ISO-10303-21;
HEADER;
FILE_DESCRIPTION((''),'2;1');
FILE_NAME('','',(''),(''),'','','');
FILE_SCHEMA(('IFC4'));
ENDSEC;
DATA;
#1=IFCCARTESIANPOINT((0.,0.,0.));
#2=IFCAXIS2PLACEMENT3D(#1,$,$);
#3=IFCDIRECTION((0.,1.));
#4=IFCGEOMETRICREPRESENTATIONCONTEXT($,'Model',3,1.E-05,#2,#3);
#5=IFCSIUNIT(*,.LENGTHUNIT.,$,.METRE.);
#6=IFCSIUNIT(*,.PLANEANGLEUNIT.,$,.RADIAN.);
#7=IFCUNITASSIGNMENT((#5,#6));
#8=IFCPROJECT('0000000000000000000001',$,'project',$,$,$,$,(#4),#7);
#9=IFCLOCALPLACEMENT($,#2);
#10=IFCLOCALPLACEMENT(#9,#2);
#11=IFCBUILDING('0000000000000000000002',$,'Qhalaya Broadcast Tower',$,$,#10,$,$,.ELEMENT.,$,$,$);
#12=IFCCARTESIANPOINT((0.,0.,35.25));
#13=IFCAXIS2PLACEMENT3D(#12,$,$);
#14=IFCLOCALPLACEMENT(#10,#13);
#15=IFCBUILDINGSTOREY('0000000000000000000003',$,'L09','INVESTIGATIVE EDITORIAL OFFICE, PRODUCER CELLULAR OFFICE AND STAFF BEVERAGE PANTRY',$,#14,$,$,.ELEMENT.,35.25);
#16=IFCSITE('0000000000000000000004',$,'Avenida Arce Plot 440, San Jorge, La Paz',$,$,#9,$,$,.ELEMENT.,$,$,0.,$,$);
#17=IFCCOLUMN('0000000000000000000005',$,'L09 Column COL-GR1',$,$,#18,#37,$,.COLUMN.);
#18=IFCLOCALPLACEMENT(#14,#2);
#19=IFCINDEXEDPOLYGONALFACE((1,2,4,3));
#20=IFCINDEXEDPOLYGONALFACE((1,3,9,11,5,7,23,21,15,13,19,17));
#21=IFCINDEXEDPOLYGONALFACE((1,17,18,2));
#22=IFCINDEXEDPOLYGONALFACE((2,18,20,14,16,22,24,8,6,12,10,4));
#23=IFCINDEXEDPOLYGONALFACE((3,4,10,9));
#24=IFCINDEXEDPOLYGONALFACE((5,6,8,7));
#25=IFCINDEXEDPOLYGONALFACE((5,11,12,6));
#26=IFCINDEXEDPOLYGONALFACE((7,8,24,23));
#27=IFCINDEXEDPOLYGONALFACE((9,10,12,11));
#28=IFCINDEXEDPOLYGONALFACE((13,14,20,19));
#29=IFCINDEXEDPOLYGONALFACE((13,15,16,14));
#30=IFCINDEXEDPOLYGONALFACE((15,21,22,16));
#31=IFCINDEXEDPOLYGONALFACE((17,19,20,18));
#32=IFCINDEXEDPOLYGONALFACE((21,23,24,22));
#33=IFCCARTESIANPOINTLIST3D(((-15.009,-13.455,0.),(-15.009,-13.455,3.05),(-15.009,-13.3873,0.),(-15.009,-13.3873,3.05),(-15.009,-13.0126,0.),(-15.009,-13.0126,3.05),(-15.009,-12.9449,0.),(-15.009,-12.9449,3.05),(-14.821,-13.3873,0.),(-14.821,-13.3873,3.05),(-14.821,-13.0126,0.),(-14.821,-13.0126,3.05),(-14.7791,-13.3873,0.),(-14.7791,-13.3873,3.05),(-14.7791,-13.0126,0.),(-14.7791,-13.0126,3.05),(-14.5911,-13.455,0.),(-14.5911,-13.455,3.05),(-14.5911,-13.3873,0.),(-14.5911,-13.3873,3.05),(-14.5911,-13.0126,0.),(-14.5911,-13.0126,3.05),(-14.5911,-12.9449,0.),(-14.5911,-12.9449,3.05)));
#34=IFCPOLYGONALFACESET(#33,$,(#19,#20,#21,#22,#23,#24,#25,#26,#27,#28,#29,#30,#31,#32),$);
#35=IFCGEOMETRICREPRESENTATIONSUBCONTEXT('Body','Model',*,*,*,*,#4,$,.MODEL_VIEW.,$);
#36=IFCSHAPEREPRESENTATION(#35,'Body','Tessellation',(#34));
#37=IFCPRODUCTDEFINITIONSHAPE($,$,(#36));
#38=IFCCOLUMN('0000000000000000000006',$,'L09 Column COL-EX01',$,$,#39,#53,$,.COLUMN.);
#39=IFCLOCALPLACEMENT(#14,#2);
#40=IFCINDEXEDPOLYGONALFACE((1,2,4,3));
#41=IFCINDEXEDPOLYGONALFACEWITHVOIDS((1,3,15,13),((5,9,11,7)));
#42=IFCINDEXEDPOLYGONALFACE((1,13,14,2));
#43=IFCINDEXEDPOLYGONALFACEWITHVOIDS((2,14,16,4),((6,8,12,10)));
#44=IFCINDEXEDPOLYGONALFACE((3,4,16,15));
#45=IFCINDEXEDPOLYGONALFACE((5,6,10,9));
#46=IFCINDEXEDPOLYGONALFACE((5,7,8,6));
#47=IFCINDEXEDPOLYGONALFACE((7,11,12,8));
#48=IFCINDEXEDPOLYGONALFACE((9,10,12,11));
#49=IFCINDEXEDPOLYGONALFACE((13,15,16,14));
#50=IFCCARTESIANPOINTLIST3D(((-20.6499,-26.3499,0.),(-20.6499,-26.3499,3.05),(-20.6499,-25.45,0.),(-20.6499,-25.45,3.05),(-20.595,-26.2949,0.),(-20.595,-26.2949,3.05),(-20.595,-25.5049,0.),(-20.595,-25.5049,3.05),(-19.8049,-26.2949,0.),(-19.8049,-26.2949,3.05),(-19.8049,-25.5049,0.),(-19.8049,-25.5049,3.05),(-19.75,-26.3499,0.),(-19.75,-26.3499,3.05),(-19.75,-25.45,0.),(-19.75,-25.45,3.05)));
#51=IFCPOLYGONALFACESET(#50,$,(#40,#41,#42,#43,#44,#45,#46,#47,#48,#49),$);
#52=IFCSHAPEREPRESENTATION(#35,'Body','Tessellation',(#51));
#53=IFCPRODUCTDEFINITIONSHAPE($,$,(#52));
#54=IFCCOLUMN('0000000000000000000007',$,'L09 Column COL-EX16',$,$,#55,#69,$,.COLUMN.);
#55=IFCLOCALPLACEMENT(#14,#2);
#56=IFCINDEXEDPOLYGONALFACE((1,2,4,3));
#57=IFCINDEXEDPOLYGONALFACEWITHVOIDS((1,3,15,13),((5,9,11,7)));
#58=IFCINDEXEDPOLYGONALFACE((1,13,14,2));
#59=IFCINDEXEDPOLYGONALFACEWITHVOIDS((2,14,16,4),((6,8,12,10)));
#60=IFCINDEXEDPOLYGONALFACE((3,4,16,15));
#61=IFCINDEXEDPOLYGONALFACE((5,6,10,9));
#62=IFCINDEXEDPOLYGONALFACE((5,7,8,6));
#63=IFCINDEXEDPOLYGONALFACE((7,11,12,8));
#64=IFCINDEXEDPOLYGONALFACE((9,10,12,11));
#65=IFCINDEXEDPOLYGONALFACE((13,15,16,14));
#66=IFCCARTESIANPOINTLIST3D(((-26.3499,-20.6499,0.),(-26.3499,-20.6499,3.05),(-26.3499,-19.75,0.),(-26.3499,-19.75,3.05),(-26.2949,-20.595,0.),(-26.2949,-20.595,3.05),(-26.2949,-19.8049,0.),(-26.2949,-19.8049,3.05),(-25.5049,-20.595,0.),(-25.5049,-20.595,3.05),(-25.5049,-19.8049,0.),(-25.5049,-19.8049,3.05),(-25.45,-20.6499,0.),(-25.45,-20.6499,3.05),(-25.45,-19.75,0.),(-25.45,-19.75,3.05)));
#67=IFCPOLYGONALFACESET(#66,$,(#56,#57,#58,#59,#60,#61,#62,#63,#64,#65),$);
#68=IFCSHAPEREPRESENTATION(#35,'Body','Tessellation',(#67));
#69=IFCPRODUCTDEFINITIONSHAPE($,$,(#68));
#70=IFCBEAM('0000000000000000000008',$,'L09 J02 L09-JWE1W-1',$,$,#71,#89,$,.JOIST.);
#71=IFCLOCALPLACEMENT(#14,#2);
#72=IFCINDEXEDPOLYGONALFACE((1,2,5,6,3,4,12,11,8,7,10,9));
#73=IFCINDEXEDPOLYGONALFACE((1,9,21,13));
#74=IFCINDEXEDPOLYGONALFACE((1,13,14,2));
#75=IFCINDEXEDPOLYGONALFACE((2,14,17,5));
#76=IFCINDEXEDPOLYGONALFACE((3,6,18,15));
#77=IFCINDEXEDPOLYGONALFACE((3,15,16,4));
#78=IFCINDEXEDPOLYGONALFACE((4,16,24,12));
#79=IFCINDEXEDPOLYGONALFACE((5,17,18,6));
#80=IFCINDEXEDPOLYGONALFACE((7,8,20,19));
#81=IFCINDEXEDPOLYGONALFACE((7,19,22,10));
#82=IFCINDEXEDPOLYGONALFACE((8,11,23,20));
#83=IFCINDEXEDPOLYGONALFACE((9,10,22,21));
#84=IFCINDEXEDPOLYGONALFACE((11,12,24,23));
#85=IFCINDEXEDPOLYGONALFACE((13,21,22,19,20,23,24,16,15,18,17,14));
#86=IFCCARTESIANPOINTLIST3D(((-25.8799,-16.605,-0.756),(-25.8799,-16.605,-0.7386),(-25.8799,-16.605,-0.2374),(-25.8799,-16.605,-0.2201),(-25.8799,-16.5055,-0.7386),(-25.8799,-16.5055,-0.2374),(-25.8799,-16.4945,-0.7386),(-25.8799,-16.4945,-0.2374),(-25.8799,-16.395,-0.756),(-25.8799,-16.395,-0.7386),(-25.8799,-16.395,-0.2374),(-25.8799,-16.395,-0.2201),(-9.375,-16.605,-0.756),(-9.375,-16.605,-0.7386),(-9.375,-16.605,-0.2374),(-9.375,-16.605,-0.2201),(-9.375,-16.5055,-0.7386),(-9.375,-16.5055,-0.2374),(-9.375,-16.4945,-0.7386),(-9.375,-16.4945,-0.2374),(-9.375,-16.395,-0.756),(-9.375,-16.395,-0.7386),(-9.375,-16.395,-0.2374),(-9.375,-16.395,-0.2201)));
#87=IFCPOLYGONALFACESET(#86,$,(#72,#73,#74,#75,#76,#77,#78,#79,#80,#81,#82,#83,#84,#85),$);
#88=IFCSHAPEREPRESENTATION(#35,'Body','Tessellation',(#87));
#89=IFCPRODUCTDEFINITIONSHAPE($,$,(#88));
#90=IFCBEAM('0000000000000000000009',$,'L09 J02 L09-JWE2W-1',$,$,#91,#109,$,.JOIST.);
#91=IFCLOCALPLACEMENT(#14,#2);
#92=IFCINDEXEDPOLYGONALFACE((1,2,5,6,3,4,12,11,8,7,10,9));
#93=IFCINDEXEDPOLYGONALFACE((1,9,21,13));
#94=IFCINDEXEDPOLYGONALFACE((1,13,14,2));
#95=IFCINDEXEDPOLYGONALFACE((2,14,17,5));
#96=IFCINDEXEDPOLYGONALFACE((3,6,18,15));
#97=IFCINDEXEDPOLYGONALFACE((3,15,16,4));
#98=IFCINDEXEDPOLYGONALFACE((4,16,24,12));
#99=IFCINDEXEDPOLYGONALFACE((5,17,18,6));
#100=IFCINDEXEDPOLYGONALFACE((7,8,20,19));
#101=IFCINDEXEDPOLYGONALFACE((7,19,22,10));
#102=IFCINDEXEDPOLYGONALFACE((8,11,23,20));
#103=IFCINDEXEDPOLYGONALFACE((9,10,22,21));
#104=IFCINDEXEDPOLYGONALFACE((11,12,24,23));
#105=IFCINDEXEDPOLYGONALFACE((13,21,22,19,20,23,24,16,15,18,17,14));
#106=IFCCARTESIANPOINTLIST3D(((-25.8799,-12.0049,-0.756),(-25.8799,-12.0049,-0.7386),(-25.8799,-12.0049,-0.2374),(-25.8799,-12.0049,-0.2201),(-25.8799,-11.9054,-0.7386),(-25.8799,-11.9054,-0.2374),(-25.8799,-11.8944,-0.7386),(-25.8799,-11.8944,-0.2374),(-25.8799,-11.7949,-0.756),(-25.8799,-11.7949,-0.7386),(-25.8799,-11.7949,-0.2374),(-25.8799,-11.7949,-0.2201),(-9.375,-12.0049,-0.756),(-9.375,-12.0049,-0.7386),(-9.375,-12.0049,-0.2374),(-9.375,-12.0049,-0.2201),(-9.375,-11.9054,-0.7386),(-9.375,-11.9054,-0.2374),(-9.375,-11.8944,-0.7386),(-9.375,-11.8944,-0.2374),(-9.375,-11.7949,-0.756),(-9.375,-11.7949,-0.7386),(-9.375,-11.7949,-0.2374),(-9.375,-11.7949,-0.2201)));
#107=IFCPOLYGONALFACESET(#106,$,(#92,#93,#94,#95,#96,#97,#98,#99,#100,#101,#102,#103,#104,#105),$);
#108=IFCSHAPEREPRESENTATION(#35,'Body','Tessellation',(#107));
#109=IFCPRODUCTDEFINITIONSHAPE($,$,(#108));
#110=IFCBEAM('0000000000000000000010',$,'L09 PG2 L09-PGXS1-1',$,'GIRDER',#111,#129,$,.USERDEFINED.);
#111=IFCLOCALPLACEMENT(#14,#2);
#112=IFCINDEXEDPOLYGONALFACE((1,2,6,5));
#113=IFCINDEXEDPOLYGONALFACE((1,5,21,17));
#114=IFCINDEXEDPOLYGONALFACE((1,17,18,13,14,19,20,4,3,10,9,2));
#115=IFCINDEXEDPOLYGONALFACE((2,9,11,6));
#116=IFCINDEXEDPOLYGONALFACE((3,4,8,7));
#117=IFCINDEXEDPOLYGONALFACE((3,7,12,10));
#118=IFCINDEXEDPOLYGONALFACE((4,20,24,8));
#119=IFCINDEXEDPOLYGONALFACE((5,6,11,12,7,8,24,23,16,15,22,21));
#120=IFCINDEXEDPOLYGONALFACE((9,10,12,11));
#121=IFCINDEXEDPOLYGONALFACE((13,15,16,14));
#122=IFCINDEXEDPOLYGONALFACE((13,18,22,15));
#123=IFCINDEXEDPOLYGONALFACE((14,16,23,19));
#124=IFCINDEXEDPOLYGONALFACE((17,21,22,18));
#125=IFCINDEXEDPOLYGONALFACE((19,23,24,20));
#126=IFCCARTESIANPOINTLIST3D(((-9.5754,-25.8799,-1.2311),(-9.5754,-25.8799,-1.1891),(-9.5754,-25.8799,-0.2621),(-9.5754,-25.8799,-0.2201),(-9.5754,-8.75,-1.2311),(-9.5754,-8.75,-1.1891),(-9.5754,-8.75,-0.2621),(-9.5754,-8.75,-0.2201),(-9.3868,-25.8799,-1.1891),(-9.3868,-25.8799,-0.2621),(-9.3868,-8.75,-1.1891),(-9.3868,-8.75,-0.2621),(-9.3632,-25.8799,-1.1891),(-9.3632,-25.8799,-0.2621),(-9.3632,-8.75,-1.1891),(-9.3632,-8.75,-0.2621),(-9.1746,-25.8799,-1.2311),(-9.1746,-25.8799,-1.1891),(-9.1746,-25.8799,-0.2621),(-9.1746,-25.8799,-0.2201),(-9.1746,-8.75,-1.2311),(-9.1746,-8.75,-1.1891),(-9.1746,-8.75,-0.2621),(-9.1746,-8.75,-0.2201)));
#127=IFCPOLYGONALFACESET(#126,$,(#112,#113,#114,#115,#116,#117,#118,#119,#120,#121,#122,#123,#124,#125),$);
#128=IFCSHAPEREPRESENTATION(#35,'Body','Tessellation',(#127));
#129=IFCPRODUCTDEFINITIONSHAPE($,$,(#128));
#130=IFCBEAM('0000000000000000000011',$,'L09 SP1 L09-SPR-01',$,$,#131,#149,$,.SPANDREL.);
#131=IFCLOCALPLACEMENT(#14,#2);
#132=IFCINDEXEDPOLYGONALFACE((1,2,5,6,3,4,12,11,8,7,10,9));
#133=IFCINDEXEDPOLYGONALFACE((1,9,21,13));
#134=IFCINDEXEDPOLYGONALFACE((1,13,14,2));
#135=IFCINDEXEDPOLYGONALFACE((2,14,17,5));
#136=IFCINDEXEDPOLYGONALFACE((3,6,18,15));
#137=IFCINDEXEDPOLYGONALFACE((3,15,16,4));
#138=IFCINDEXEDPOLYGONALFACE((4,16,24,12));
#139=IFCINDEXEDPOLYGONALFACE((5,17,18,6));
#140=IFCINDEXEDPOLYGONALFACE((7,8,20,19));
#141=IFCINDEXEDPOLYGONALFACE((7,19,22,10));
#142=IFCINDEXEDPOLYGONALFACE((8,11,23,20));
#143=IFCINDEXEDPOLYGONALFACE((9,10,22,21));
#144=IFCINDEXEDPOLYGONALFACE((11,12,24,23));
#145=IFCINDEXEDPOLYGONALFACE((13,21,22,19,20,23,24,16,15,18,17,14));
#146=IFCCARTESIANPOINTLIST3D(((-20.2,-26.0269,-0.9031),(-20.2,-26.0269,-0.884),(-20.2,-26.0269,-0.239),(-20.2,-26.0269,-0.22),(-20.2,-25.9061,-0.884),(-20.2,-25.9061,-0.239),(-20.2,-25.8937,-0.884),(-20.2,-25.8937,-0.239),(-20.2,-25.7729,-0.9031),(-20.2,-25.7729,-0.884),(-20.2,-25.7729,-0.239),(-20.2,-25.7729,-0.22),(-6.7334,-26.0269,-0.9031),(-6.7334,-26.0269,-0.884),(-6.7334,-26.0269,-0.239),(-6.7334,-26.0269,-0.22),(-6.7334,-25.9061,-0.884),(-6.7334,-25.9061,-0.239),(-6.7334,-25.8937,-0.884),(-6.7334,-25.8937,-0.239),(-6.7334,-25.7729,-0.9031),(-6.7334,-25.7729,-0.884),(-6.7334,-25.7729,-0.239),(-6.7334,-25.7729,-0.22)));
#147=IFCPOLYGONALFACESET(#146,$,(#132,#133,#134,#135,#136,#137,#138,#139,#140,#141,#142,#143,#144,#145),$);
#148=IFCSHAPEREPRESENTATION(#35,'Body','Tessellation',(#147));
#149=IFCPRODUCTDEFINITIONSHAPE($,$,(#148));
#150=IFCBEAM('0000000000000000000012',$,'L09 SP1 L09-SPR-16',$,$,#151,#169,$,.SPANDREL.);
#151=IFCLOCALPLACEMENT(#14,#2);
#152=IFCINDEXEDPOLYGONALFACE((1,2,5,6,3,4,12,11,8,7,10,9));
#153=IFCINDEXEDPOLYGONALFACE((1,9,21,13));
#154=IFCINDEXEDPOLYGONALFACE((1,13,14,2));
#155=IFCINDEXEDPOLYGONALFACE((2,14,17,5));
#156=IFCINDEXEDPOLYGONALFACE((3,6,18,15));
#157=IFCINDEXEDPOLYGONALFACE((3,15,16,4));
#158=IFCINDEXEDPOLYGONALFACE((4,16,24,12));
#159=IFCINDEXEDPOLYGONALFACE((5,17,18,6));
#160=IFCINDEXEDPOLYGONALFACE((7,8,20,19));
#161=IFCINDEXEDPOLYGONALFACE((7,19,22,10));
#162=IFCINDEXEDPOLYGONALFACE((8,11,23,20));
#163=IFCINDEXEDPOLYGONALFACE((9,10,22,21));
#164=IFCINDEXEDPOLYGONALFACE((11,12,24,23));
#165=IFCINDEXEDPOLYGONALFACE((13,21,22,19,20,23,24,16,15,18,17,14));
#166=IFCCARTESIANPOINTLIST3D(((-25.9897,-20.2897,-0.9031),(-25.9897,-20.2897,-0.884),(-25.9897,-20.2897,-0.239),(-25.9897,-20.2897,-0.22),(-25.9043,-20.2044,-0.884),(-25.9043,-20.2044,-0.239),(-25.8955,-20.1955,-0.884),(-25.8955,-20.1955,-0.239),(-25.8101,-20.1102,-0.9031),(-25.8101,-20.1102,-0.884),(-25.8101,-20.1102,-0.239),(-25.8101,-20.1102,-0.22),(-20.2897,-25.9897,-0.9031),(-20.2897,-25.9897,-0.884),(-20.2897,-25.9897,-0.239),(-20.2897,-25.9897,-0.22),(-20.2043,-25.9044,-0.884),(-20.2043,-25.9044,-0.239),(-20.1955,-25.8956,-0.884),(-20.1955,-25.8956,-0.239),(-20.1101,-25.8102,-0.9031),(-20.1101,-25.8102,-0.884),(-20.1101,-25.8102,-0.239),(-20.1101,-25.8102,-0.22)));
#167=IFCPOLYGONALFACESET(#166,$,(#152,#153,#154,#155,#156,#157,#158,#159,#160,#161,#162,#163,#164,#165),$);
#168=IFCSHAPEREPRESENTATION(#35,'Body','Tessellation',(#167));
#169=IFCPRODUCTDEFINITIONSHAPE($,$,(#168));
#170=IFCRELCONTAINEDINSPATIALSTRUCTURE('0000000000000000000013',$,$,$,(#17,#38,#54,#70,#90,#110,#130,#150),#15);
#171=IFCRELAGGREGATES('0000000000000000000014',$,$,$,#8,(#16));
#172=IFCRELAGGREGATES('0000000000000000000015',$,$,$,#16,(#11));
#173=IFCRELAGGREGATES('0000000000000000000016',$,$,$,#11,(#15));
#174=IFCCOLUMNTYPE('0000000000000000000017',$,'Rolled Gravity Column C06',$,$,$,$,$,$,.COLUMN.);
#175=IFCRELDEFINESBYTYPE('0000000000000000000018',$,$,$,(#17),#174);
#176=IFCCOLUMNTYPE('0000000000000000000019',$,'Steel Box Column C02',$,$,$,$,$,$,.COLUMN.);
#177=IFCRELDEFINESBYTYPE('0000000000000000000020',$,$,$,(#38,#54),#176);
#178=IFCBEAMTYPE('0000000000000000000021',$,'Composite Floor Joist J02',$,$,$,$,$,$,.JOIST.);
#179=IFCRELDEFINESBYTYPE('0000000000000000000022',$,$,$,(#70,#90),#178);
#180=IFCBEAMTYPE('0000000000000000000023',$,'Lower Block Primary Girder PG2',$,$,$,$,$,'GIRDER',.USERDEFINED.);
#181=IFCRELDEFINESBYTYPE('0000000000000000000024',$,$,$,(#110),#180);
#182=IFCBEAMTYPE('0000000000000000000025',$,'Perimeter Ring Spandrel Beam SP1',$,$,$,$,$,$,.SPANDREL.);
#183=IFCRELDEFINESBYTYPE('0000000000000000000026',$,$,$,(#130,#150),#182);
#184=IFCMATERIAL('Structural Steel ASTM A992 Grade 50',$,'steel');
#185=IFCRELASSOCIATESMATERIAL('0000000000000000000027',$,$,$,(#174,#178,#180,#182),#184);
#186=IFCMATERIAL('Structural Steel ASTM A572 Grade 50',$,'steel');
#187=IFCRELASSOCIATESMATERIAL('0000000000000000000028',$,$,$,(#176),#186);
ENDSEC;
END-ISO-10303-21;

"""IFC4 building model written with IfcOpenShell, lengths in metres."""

from ifc_helpers import new_model, si_unit, direction, frame, origin, origin_2d, place, context, subcontext, project, spatial, hollow_rectangle, i_section, extrude, material, material_profile, profile_set, type_object, element, save


model = new_model("IFC4")

# Units and contexts
model_context = context("Model", 3, precision=1e-05, world=origin(), true_north=direction((0.0, 1.0)))
body_context = subcontext(model_context, "Body", "Model", "MODEL_VIEW")
ifc_project = project(units=[si_unit("LENGTHUNIT", "METRE"), si_unit("PLANEANGLEUNIT", "RADIAN")], contexts=[model_context])

# Site, building, storey
site_placement = place(None, origin())
site = spatial("IfcSite", under=ifc_project, at=site_placement, Name="Avenida Arce Plot 440, San Jorge, La Paz", CompositionType="ELEMENT", RefElevation=0.0)
building_placement = place(site_placement, origin())
building = spatial("IfcBuilding", under=site, at=building_placement, Name="Qhalaya Broadcast Tower", CompositionType="ELEMENT")
storey_placement = place(building_placement, frame((0.0, 0.0, 35.25)))
storey = spatial("IfcBuildingStorey", under=building, at=storey_placement, Name="L09", Description="INVESTIGATIVE EDITORIAL OFFICE, PRODUCER CELLULAR OFFICE AND STAFF BEVERAGE PANTRY", CompositionType="ELEMENT", Elevation=35.25)

# Columns
ifc_material_1 = material(Name="Structural Steel ASTM A992 Grade 50", Category="steel")
ifc_material_profile_1 = material_profile(ifc_material_1, i_section(OverallWidth=0.418, OverallDepth=0.51, WebThickness=0.042, FlangeThickness=0.0676, at=origin_2d()), Name="W14X370")
ifc_profile_set_1 = profile_set([ifc_material_profile_1], Name="Structural Steel ASTM A992 Grade 50")
column_type_1 = type_object("IfcColumnType", Name="Rolled Gravity Column C06", PredefinedType="COLUMN", material=ifc_profile_set_1)
column_placement = place(storey_placement, frame((-14.8, -13.2, 0.0), z_axis=(0.0, 0.0, 1.0), x_axis=(1.0, 0.0, 0.0)))
element("IfcColumn", 1, at=column_placement, inside=storey, type_object=column_type_1, Name="L09 Column COL-GR1", PredefinedType="COLUMN", context=body_context, shape_type="SweptSolid", body=[
    extrude(i_section(OverallWidth=0.418, OverallDepth=0.51, WebThickness=0.042, FlangeThickness=0.0676, at=origin_2d()), origin(), (0.0, 0.0, 1.0), 3.05),
])
ifc_material_2 = material(Name="Structural Steel ASTM A572 Grade 50", Category="steel")
ifc_material_profile_2 = material_profile(ifc_material_2, hollow_rectangle(XDim=0.8999, YDim=0.8999, WallThickness=0.0549, at=origin_2d()), Name="BOX 900x900x55")
ifc_profile_set_2 = profile_set([ifc_material_profile_2], Name="Structural Steel ASTM A572 Grade 50")
column_type_2 = type_object("IfcColumnType", Name="Steel Box Column C02", PredefinedType="COLUMN", material=ifc_profile_set_2)
for number, where, z_axis, x_axis, name in (
    (2, (-20.2, -25.8999, 0.0), (0.0, 0.0, 1.0), (1.0, 0.0, 0.0), "L09 Column COL-EX01"),
    (3, (-25.8999, -20.2, 0.0), (0.0, 0.0, 1.0), (0.0, 1.0, 0.0), "L09 Column COL-EX16"),
):
    element("IfcColumn", number, at=place(storey_placement, frame(where, z_axis=z_axis, x_axis=x_axis)), inside=storey, type_object=column_type_2, Name=name, PredefinedType="COLUMN", context=body_context, shape_type="SweptSolid", body=[
        extrude(hollow_rectangle(XDim=0.8999, YDim=0.8999, WallThickness=0.0549, at=origin_2d()), origin(), (0.0, 0.0, 1.0), 3.05),
    ])

# Beams
ifc_material_profile_3 = material_profile(ifc_material_1, i_section(OverallWidth=0.21, OverallDepth=0.5359, WebThickness=0.011, FlangeThickness=0.0173, at=origin_2d()), Name="W21X68")
ifc_profile_set_3 = profile_set([ifc_material_profile_3], Name="Structural Steel ASTM A992 Grade 50")
beam_type_1 = type_object("IfcBeamType", Name="Composite Floor Joist J02", PredefinedType="JOIST", material=ifc_profile_set_3)
for number, where, z_axis, x_axis, name in (
    (4, (-25.8799, -16.5, -0.488), (1.0, 0.0, 0.0), (0.0, 1.0, 0.0), "L09 J02 L09-JWE1W-1"),
    (5, (-25.8799, -11.8999, -0.488), (1.0, 0.0, 0.0), (0.0, 1.0, 0.0), "L09 J02 L09-JWE2W-1"),
):
    element("IfcBeam", number, at=place(storey_placement, frame(where, z_axis=z_axis, x_axis=x_axis)), inside=storey, type_object=beam_type_1, Name=name, PredefinedType="JOIST", context=body_context, shape_type="SweptSolid", body=[
        extrude(i_section(OverallWidth=0.21, OverallDepth=0.5359, WebThickness=0.011, FlangeThickness=0.0173, at=origin_2d()), origin(), (0.0, 0.0, 1.0), 16.5049),
    ])
ifc_material_profile_4 = material_profile(ifc_material_1, i_section(OverallWidth=0.4009, OverallDepth=1.011, WebThickness=0.0237, FlangeThickness=0.042, at=origin_2d()), Name="W40X297")
ifc_profile_set_4 = profile_set([ifc_material_profile_4], Name="Structural Steel ASTM A992 Grade 50")
beam_type_2 = type_object("IfcBeamType", Name="Lower Block Primary Girder PG2", ElementType="GIRDER", PredefinedType="USERDEFINED", material=ifc_profile_set_4)
beam_1_placement = place(storey_placement, frame((-9.375, -25.8799, -0.7256), z_axis=(0.0, 1.0, 0.0), x_axis=(-1.0, 0.0, 0.0)))
element("IfcBeam", 6, at=beam_1_placement, inside=storey, type_object=beam_type_2, Name="L09 PG2 L09-PGXS1-1", ObjectType="GIRDER", PredefinedType="USERDEFINED", context=body_context, shape_type="SweptSolid", body=[
    extrude(i_section(OverallWidth=0.4009, OverallDepth=1.011, WebThickness=0.0237, FlangeThickness=0.042, at=origin_2d()), origin(), (0.0, 0.0, 1.0), 17.1299),
])
ifc_material_profile_5 = material_profile(ifc_material_1, i_section(OverallWidth=0.2539, OverallDepth=0.6831, WebThickness=0.0125, FlangeThickness=0.019, at=origin_2d()), Name="W27X94")
ifc_profile_set_5 = profile_set([ifc_material_profile_5], Name="Structural Steel ASTM A992 Grade 50")
beam_type_3 = type_object("IfcBeamType", Name="Perimeter Ring Spandrel Beam SP1", PredefinedType="SPANDREL", material=ifc_profile_set_5)
beam_2_placement = place(storey_placement, frame((-20.2, -25.8999, -0.5615), z_axis=(1.0, 0.0, 0.0), x_axis=(0.0, 1.0, 0.0)))
element("IfcBeam", 7, at=beam_2_placement, inside=storey, type_object=beam_type_3, Name="L09 SP1 L09-SPR-01", PredefinedType="SPANDREL", context=body_context, shape_type="SweptSolid", body=[
    extrude(i_section(OverallWidth=0.2539, OverallDepth=0.6831, WebThickness=0.0125, FlangeThickness=0.019, at=origin_2d()), origin(), (0.0, 0.0, 1.0), 13.4666),
])
beam_3_placement = place(storey_placement, frame((-25.8999, -20.2, -0.5615), z_axis=(0.707107, -0.707107, 0.0), x_axis=(0.707107, 0.707107, 0.0)))
element("IfcBeam", 8, at=beam_3_placement, inside=storey, type_object=beam_type_3, Name="L09 SP1 L09-SPR-16", PredefinedType="SPANDREL", context=body_context, shape_type="SweptSolid", body=[
    extrude(i_section(OverallWidth=0.2539, OverallDepth=0.6831, WebThickness=0.0125, FlangeThickness=0.019, at=origin_2d()), origin(), (0.0, 0.0, 1.0), 8.061),
])

save(model, "model.ifc")
